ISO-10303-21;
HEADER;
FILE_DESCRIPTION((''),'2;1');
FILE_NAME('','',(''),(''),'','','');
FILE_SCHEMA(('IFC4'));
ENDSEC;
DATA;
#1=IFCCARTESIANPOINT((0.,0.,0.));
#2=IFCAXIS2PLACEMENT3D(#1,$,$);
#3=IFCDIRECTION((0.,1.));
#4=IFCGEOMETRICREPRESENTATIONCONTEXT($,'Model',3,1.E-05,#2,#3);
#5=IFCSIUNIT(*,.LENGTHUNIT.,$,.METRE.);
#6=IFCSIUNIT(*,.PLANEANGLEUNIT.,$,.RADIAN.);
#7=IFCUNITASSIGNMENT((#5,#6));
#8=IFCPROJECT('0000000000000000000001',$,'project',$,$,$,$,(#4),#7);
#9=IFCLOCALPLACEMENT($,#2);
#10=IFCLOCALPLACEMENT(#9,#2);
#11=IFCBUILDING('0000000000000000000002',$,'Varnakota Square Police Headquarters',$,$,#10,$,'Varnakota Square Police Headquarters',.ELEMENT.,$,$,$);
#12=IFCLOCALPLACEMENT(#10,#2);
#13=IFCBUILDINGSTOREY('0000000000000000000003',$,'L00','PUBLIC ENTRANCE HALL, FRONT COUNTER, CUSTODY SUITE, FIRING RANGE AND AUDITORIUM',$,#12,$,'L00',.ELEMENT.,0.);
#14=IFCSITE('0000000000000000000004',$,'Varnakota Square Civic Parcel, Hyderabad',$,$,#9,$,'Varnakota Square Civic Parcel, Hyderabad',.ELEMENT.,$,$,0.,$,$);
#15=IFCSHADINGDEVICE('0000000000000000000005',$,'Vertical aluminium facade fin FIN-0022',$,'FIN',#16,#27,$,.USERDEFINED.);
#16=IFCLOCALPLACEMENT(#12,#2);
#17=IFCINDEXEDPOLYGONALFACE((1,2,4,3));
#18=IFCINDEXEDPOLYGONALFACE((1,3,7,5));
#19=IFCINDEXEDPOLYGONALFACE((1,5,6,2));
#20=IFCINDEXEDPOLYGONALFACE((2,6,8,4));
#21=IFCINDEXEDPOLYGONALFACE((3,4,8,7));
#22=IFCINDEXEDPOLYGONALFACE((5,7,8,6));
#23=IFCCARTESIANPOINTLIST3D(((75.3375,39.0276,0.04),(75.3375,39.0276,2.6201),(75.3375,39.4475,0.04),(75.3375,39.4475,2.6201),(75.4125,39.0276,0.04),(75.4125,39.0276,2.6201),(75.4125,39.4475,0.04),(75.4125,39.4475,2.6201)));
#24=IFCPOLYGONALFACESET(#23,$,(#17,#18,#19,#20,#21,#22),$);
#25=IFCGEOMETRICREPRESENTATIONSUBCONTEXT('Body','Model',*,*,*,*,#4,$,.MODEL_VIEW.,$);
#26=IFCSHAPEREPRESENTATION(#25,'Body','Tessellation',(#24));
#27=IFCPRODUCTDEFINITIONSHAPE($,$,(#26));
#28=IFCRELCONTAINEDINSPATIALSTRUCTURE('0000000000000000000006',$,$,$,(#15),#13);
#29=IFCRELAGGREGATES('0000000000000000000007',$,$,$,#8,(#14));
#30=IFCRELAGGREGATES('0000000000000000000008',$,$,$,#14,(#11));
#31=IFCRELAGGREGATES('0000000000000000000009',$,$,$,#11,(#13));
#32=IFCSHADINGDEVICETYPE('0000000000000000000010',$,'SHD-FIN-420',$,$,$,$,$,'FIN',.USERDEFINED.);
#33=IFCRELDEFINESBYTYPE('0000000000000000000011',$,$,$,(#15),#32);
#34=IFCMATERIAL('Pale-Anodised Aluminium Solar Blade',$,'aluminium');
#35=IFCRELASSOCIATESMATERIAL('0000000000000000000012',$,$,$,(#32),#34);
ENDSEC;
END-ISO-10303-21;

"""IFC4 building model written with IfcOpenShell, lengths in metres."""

from ifc_helpers import new_model, si_unit, direction, frame, origin, origin_2d, place, context, subcontext, project, spatial, rectangle, extrude, material, type_object, element, save


model = new_model("IFC4")

# Units and contexts
model_context = context("Model", 3, precision=1e-05, world=origin(), true_north=direction((0.0, 1.0)))
body_context = subcontext(model_context, "Body", "Model", "MODEL_VIEW")
ifc_project = project(units=[si_unit("LENGTHUNIT", "METRE"), si_unit("PLANEANGLEUNIT", "RADIAN")], contexts=[model_context])

# Site, building, storey
site_placement = place(None, origin())
site = spatial("IfcSite", under=ifc_project, at=site_placement, Name="Varnakota Square Civic Parcel, Hyderabad", LongName="Varnakota Square Civic Parcel, Hyderabad", CompositionType="ELEMENT", RefElevation=0.0)
building_placement = place(site_placement, origin())
building = spatial("IfcBuilding", under=site, at=building_placement, Name="Varnakota Square Police Headquarters", LongName="Varnakota Square Police Headquarters", CompositionType="ELEMENT")
storey_placement = place(building_placement, origin())
storey = spatial("IfcBuildingStorey", under=building, at=storey_placement, Name="L00", Description="PUBLIC ENTRANCE HALL, FRONT COUNTER, CUSTODY SUITE, FIRING RANGE AND AUDITORIUM", LongName="L00", CompositionType="ELEMENT", Elevation=0.0)

# Shading device
ifc_material_1 = material(Name="Pale-Anodised Aluminium Solar Blade", Category="aluminium")
shading_device_type = type_object("IfcShadingDeviceType", Name="SHD-FIN-420", ElementType="FIN", PredefinedType="USERDEFINED", material=ifc_material_1)
shading_device_placement = place(storey_placement, frame((75.375, 39.2375, 0.04), z_axis=(0.0, 0.0, 1.0), x_axis=(1.0, 0.0, 0.0)))
element("IfcShadingDevice", 1, at=shading_device_placement, inside=storey, type_object=shading_device_type, Name="Vertical aluminium facade fin FIN-0022", ObjectType="FIN", PredefinedType="USERDEFINED", context=body_context, shape_type="SweptSolid", body=[
    extrude(rectangle(XDim=0.075, YDim=0.4199, at=origin_2d()), origin(), (0.0, 0.0, 1.0), 2.5801),
])

save(model, "model.ifc")
